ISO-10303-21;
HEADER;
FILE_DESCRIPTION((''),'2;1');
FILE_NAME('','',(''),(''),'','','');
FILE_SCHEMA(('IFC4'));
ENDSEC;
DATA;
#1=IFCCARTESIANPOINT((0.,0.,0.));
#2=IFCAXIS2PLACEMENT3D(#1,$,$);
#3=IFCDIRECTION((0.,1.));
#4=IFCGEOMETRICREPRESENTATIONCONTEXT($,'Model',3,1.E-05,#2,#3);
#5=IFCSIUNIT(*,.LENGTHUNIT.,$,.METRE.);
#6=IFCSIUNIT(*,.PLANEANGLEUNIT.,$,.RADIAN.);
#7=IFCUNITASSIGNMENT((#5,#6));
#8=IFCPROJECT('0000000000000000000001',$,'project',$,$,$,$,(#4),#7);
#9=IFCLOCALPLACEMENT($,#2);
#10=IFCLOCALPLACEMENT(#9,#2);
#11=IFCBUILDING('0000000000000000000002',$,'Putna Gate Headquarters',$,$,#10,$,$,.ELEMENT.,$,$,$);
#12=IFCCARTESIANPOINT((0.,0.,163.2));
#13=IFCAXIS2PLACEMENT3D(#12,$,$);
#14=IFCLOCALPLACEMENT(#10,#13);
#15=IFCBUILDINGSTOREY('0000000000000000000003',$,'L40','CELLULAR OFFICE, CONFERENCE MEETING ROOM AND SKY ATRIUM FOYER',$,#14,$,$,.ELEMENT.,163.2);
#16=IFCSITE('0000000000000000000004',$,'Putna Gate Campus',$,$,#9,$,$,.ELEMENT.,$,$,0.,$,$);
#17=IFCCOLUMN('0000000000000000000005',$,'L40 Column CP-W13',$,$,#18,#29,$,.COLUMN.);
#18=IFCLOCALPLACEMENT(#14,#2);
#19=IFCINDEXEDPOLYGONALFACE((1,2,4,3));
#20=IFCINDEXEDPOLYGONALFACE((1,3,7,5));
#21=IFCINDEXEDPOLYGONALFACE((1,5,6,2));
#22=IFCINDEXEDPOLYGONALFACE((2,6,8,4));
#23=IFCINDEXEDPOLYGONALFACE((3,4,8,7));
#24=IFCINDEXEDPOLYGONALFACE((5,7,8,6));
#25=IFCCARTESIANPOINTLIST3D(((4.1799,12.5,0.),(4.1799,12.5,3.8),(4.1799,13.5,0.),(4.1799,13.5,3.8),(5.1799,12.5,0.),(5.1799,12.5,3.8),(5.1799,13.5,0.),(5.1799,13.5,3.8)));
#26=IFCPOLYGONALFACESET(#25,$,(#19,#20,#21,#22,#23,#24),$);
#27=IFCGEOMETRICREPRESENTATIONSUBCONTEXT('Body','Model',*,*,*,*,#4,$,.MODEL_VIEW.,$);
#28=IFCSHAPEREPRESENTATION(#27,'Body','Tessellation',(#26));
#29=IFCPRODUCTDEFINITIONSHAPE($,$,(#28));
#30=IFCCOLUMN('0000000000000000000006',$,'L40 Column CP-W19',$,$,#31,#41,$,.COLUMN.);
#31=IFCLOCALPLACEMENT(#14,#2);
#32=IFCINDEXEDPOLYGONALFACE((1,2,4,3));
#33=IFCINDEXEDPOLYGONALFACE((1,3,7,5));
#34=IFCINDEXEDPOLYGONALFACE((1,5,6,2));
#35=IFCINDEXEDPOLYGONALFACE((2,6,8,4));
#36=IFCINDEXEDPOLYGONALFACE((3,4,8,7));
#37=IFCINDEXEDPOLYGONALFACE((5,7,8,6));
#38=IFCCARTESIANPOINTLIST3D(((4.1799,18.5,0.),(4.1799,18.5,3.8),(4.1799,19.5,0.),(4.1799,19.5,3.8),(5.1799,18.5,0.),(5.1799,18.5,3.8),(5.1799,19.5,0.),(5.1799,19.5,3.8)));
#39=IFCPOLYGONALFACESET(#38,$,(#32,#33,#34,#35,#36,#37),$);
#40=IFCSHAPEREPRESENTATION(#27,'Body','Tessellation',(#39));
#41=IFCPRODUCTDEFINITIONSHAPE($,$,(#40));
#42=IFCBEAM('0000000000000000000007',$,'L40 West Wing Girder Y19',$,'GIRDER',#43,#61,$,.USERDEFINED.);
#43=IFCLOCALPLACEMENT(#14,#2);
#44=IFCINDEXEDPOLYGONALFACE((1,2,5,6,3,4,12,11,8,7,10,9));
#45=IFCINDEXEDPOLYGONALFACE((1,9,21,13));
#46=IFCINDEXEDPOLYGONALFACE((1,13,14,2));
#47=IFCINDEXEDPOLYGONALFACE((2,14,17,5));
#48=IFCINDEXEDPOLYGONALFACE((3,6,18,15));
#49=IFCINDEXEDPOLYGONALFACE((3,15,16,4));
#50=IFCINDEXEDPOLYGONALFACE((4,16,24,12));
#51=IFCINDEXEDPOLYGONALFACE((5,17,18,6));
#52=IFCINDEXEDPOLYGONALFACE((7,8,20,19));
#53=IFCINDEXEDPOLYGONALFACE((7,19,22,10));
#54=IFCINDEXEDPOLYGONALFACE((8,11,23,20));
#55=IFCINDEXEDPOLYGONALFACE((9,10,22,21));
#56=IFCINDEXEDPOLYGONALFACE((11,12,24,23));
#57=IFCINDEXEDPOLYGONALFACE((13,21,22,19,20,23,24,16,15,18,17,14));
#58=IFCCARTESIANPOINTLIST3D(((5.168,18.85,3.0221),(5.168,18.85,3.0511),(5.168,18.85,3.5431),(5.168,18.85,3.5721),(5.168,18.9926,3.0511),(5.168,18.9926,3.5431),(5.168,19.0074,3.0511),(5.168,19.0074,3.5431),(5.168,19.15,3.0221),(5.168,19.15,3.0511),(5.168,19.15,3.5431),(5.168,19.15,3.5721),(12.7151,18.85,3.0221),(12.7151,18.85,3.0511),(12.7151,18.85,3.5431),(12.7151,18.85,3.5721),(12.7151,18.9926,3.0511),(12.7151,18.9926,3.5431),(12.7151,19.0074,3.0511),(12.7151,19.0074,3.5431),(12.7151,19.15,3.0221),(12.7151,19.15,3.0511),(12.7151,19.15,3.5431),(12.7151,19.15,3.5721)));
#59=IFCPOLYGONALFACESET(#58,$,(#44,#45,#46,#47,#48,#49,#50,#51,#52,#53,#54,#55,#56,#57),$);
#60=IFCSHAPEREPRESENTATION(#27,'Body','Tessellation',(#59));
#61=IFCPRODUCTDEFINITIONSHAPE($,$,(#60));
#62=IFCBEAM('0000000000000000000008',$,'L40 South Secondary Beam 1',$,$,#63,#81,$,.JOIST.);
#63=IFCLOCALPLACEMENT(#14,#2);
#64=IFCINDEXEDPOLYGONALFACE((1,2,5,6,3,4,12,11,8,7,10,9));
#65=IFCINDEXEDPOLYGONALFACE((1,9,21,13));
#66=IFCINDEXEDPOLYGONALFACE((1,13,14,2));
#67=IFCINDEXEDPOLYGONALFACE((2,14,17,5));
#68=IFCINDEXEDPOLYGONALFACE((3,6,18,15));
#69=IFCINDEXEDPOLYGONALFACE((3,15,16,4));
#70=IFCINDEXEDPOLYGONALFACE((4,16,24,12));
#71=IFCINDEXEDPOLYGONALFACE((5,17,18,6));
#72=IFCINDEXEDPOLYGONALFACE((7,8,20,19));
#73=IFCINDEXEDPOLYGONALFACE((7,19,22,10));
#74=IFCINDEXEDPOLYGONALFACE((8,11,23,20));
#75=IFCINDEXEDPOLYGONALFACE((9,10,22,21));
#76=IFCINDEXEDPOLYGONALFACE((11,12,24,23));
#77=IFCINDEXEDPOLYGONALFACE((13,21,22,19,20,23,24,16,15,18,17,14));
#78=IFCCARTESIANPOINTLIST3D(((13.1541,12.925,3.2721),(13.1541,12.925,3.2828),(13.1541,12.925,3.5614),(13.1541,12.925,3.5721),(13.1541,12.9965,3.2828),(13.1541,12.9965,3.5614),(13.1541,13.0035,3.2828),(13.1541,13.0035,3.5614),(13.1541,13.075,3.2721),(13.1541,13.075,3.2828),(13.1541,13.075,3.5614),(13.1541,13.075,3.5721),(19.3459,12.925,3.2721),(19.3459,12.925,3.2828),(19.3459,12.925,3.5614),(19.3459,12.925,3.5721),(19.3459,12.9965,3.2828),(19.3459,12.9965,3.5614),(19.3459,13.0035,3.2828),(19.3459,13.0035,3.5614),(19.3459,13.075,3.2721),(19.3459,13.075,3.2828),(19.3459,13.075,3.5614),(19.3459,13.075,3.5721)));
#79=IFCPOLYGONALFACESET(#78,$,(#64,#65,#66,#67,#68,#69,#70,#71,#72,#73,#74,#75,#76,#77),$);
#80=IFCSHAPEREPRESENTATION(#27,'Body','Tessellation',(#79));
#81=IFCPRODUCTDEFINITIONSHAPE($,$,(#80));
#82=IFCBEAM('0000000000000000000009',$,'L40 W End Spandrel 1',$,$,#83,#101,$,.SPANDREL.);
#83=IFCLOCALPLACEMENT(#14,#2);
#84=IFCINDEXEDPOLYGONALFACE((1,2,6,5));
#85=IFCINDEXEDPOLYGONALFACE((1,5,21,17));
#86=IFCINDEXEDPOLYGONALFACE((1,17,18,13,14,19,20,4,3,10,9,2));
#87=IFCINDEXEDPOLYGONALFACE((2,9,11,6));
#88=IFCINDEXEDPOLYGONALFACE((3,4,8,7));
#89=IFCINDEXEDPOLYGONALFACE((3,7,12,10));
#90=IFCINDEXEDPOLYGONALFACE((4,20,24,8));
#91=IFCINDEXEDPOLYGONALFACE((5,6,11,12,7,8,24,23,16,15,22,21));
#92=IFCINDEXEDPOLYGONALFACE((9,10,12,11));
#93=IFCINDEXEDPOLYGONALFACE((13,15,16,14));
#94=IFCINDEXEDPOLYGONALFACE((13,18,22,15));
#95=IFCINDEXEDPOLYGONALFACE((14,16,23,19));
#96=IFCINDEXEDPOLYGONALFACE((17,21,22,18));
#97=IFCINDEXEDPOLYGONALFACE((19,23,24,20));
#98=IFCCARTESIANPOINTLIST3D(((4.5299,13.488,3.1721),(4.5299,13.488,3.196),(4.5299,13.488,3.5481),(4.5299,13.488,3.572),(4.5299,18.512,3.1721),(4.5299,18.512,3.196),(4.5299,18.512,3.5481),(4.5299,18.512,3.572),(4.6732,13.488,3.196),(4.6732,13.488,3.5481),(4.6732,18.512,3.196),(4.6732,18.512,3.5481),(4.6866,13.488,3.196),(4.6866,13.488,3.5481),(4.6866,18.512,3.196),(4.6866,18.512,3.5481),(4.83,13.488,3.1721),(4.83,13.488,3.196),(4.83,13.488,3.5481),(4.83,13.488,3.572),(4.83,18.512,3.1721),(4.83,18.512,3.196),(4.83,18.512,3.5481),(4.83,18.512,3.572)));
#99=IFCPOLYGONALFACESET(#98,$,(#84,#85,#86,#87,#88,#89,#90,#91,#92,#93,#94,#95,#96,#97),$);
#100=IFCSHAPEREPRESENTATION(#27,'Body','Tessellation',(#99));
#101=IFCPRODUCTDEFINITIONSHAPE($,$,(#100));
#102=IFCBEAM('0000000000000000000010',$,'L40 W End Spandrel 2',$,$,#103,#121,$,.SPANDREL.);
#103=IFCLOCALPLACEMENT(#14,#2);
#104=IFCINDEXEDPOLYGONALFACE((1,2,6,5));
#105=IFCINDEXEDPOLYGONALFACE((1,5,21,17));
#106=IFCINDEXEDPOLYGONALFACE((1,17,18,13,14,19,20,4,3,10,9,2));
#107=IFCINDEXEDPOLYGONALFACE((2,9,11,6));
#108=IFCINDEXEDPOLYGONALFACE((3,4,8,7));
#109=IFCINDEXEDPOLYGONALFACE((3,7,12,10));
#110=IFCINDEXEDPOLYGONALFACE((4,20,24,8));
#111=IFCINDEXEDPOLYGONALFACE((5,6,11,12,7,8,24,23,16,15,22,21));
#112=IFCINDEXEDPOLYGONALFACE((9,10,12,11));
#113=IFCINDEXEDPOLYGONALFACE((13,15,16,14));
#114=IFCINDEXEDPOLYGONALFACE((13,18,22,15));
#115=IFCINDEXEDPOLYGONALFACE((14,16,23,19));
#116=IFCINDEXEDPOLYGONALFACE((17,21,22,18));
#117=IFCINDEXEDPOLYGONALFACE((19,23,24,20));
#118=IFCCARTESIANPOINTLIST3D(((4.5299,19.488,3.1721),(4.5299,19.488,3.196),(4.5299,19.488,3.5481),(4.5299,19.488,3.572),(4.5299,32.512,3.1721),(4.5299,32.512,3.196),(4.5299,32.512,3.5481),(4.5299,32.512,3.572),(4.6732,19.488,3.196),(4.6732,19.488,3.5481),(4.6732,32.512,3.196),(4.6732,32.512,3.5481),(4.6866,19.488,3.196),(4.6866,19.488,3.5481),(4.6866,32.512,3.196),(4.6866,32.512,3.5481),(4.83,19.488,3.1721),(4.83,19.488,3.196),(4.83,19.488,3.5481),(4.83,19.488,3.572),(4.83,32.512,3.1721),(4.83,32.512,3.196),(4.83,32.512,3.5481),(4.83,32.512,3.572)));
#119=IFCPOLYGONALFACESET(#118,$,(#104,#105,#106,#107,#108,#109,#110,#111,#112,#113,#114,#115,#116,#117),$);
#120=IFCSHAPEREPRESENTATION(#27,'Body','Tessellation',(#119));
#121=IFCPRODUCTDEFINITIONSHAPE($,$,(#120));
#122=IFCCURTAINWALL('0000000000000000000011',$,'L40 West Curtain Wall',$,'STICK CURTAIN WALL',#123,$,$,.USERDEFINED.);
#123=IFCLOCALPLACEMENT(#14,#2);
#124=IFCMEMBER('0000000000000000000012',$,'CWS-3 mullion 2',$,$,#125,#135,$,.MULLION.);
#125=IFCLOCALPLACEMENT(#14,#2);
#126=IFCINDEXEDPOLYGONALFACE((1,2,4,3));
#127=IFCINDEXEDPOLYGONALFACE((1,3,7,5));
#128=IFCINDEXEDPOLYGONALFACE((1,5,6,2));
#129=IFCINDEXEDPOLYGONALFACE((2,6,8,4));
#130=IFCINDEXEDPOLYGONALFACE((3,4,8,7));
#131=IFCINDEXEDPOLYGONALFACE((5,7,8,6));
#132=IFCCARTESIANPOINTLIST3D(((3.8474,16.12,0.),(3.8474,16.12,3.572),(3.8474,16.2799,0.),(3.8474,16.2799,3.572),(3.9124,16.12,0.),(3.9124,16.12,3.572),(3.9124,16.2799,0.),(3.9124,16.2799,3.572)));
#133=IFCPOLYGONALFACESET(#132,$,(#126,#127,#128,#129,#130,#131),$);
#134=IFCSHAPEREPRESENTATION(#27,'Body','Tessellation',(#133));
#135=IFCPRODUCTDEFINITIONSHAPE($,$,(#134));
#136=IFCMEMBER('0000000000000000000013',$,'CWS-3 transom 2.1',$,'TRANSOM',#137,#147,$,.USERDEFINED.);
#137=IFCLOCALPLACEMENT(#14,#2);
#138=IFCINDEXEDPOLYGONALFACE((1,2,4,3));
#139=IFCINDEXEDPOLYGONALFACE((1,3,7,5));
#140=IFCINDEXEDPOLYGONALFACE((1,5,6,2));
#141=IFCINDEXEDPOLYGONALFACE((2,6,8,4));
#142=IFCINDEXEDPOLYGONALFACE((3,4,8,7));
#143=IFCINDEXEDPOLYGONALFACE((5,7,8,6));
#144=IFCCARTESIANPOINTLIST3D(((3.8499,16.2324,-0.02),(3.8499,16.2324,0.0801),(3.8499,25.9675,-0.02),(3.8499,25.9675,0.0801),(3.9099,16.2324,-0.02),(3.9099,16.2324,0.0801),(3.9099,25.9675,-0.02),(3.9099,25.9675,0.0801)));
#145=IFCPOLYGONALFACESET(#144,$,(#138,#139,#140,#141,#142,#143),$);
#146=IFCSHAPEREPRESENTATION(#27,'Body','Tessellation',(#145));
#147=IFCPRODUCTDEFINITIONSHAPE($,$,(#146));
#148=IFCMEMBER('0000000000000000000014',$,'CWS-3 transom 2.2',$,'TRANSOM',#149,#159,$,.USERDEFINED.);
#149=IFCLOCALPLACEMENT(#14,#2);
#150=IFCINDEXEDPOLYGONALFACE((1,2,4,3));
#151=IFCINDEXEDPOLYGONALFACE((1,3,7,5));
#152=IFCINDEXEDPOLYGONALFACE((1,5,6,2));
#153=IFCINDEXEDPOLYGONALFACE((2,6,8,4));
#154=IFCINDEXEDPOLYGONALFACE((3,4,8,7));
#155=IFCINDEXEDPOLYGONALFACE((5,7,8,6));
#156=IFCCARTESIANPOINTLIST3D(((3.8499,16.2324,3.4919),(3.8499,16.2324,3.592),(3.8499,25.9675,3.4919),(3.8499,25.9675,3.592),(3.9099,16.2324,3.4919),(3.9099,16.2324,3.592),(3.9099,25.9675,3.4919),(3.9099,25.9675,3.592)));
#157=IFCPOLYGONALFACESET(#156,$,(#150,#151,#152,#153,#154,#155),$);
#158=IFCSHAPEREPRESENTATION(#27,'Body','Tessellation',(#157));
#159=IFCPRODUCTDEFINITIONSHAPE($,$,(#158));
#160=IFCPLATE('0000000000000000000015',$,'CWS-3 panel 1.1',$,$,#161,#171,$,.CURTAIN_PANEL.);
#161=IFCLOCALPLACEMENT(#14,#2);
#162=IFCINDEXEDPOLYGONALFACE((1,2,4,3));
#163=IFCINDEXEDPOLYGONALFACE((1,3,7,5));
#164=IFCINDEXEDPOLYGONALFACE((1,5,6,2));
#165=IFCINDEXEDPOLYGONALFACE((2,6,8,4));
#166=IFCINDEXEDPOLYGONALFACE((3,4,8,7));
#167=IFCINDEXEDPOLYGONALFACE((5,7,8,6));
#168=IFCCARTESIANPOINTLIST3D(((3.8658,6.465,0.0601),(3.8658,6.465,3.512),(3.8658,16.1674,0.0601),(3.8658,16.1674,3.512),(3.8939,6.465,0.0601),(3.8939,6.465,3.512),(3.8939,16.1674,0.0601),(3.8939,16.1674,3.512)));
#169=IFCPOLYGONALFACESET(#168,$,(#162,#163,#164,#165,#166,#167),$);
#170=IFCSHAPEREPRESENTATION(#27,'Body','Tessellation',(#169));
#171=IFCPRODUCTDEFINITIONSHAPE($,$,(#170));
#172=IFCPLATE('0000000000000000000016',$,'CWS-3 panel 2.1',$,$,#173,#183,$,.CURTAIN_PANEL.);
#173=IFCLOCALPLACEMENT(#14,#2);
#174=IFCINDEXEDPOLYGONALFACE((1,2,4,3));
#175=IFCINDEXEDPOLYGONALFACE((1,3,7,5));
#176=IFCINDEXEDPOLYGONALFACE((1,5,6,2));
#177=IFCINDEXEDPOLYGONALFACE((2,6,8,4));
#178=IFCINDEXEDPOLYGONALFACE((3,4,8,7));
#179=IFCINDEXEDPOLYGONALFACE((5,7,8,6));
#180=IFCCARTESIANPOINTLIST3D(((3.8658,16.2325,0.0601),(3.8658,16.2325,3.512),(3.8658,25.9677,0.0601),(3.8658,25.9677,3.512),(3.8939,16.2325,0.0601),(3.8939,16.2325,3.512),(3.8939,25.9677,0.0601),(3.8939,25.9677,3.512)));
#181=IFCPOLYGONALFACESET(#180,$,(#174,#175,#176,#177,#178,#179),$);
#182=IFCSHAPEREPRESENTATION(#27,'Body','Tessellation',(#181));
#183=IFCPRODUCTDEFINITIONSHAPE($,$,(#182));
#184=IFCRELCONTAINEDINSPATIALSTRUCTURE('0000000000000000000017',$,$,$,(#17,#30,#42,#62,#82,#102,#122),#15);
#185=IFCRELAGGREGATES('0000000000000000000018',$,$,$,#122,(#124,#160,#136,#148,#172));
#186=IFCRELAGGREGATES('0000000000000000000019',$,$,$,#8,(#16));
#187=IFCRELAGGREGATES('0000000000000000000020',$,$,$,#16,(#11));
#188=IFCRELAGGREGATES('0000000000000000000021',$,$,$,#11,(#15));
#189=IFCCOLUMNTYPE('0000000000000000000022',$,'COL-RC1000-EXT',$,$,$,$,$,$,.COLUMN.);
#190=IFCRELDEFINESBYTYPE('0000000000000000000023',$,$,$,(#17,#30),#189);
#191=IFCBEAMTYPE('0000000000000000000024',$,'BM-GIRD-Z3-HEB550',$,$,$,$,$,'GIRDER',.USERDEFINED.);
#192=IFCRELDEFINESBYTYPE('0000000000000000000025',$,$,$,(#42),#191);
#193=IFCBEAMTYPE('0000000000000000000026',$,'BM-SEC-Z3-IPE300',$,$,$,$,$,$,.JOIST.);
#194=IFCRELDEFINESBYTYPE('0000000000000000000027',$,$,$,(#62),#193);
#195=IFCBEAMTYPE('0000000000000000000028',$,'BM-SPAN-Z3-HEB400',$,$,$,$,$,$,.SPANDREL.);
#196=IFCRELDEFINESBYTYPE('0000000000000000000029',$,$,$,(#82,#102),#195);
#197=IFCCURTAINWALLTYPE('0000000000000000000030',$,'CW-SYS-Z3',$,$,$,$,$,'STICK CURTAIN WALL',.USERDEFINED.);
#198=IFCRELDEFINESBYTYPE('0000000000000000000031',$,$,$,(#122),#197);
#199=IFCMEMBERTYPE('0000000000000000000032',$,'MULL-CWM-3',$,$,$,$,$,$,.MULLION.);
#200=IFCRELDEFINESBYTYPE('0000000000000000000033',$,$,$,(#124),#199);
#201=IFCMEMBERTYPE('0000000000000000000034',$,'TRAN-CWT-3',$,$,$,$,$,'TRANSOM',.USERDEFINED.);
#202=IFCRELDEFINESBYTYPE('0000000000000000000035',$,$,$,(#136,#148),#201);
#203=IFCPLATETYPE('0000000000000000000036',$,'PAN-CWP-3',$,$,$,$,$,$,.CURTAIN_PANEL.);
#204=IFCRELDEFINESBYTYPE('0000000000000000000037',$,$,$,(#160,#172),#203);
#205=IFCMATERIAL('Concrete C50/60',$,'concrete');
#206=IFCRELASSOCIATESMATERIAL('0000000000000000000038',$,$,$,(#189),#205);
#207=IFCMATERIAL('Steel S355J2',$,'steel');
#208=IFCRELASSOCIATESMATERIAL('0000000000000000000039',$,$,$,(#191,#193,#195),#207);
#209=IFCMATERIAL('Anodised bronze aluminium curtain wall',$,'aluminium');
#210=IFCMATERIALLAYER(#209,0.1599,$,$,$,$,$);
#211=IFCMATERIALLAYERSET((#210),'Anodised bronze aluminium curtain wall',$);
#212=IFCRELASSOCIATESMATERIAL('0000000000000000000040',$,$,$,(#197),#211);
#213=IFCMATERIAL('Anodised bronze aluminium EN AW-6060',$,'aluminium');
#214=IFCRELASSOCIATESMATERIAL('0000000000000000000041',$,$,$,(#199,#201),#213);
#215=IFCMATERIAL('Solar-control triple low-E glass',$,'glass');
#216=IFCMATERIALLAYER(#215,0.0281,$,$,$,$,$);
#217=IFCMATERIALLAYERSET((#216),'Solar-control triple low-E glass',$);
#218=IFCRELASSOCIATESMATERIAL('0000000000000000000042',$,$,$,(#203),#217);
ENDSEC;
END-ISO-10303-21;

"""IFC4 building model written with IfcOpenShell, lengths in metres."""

from ifc_helpers import new_model, si_unit, direction, frame, origin, origin_2d, place, context, subcontext, project, spatial, rectangle, i_section, extrude, material, layer, layer_set, material_profile, profile_set, type_object, element, aggregate, save


model = new_model("IFC4")

# Units and contexts
model_context = context("Model", 3, precision=1e-05, world=origin(), true_north=direction((0.0, 1.0)))
body_context = subcontext(model_context, "Body", "Model", "MODEL_VIEW")
ifc_project = project(units=[si_unit("LENGTHUNIT", "METRE"), si_unit("PLANEANGLEUNIT", "RADIAN")], contexts=[model_context])

# Site, building, storey
site_placement = place(None, origin())
site = spatial("IfcSite", under=ifc_project, at=site_placement, Name="Putna Gate Campus", CompositionType="ELEMENT", RefElevation=0.0)
building_placement = place(site_placement, origin())
building = spatial("IfcBuilding", under=site, at=building_placement, Name="Putna Gate Headquarters", CompositionType="ELEMENT")
storey_placement = place(building_placement, frame((0.0, 0.0, 163.2)))
storey = spatial("IfcBuildingStorey", under=building, at=storey_placement, Name="L40", Description="CELLULAR OFFICE, CONFERENCE MEETING ROOM AND SKY ATRIUM FOYER", CompositionType="ELEMENT", Elevation=163.2)

# Columns
ifc_material_1 = material(Name="Concrete C50/60", Category="concrete")
ifc_material_profile_1 = material_profile(ifc_material_1, rectangle(XDim=1.0, YDim=1.0, at=origin_2d()), Name="Concrete C50/60")
ifc_profile_set_1 = profile_set([ifc_material_profile_1], Name="Concrete C50/60")
column_type = type_object("IfcColumnType", Name="COL-RC1000-EXT", PredefinedType="COLUMN", material=ifc_profile_set_1)
for number, where, z_axis, x_axis, name in (
    (1, (4.6799, 13.0, 0.0), (0.0, 0.0, 1.0), (1.0, 0.0, 0.0), "L40 Column CP-W13"),
    (2, (4.6799, 19.0, 0.0), (0.0, 0.0, 1.0), (1.0, 0.0, 0.0), "L40 Column CP-W19"),
):
    element("IfcColumn", number, at=place(storey_placement, frame(where, z_axis=z_axis, x_axis=x_axis)), inside=storey, type_object=column_type, Name=name, PredefinedType="COLUMN", context=body_context, shape_type="SweptSolid", body=[
        extrude(rectangle(XDim=1.0, YDim=1.0, at=origin_2d()), origin(), (0.0, 0.0, 1.0), 3.8),
    ])

# Beams
ifc_material_2 = material(Name="Steel S355J2", Category="steel")
ifc_material_profile_2 = material_profile(ifc_material_2, i_section(OverallWidth=0.3, OverallDepth=0.55, WebThickness=0.0149, FlangeThickness=0.0291, at=origin_2d()), Name="Steel S355J2")
ifc_profile_set_2 = profile_set([ifc_material_profile_2], Name="Steel S355J2")
beam_type_1 = type_object("IfcBeamType", Name="BM-GIRD-Z3-HEB550", ElementType="GIRDER", PredefinedType="USERDEFINED", material=ifc_profile_set_2)
beam_1_placement = place(storey_placement, frame((5.168, 19.0, 3.2971), z_axis=(1.0, 0.0, 0.0), x_axis=(0.0, 1.0, 0.0)))
element("IfcBeam", 3, at=beam_1_placement, inside=storey, type_object=beam_type_1, Name="L40 West Wing Girder Y19", ObjectType="GIRDER", PredefinedType="USERDEFINED", context=body_context, shape_type="SweptSolid", body=[
    extrude(i_section(OverallWidth=0.3, OverallDepth=0.55, WebThickness=0.0149, FlangeThickness=0.0291, at=origin_2d()), origin(), (0.0, 0.0, 1.0), 7.5471),
])
ifc_material_profile_3 = material_profile(ifc_material_2, i_section(OverallWidth=0.1499, OverallDepth=0.3, WebThickness=0.0071, FlangeThickness=0.0107, at=origin_2d()), Name="Steel S355J2")
ifc_profile_set_3 = profile_set([ifc_material_profile_3], Name="Steel S355J2")
beam_type_2 = type_object("IfcBeamType", Name="BM-SEC-Z3-IPE300", PredefinedType="JOIST", material=ifc_profile_set_3)
beam_2_placement = place(storey_placement, frame((13.1541, 13.0, 3.4221), z_axis=(1.0, 0.0, 0.0), x_axis=(0.0, 1.0, 0.0)))
element("IfcBeam", 4, at=beam_2_placement, inside=storey, type_object=beam_type_2, Name="L40 South Secondary Beam 1", PredefinedType="JOIST", context=body_context, shape_type="SweptSolid", body=[
    extrude(i_section(OverallWidth=0.1499, OverallDepth=0.3, WebThickness=0.0071, FlangeThickness=0.0107, at=origin_2d()), origin(), (0.0, 0.0, 1.0), 6.1919),
])
ifc_material_profile_4 = material_profile(ifc_material_2, i_section(OverallWidth=0.3, OverallDepth=0.3999, WebThickness=0.0134, FlangeThickness=0.0239, at=origin_2d()), Name="Steel S355J2")
ifc_profile_set_4 = profile_set([ifc_material_profile_4], Name="Steel S355J2")
beam_type_3 = type_object("IfcBeamType", Name="BM-SPAN-Z3-HEB400", PredefinedType="SPANDREL", material=ifc_profile_set_4)
beam_3_placement = place(storey_placement, frame((4.6799, 13.488, 3.3721), z_axis=(0.0, 1.0, 0.0), x_axis=(-1.0, 0.0, 0.0)))
element("IfcBeam", 5, at=beam_3_placement, inside=storey, type_object=beam_type_3, Name="L40 W End Spandrel 1", PredefinedType="SPANDREL", context=body_context, shape_type="SweptSolid", body=[
    extrude(i_section(OverallWidth=0.3, OverallDepth=0.3999, WebThickness=0.0134, FlangeThickness=0.0239, at=origin_2d()), origin(), (0.0, 0.0, 1.0), 5.0239),
])
beam_4_placement = place(storey_placement, frame((4.6799, 19.488, 3.3721), z_axis=(0.0, 1.0, 0.0), x_axis=(-1.0, 0.0, 0.0)))
element("IfcBeam", 6, at=beam_4_placement, inside=storey, type_object=beam_type_3, Name="L40 W End Spandrel 2", PredefinedType="SPANDREL", context=body_context, shape_type="SweptSolid", body=[
    extrude(i_section(OverallWidth=0.3, OverallDepth=0.3999, WebThickness=0.0134, FlangeThickness=0.0239, at=origin_2d()), origin(), (0.0, 0.0, 1.0), 13.0239),
])

# Curtain wall, members, plates
ifc_material_3 = material(Name="Anodised bronze aluminium curtain wall", Category="aluminium")
ifc_layer_1 = layer(ifc_material_3, 0.1599)
ifc_layer_set_1 = layer_set([ifc_layer_1], Name="Anodised bronze aluminium curtain wall")
curtain_wall_type = type_object("IfcCurtainWallType", Name="CW-SYS-Z3", ElementType="STICK CURTAIN WALL", PredefinedType="USERDEFINED", material=ifc_layer_set_1)
curtain_wall_placement = place(storey_placement, origin())
curtain_wall = element("IfcCurtainWall", 7, at=curtain_wall_placement, inside=storey, type_object=curtain_wall_type, Name="L40 West Curtain Wall", ObjectType="STICK CURTAIN WALL", PredefinedType="USERDEFINED")
ifc_material_4 = material(Name="Anodised bronze aluminium EN AW-6060", Category="aluminium")
ifc_material_profile_5 = material_profile(ifc_material_4, rectangle(XDim=0.0649, YDim=0.1599, at=origin_2d()), Name="Anodised bronze aluminium EN AW-6060")
ifc_profile_set_5 = profile_set([ifc_material_profile_5], Name="Anodised bronze aluminium EN AW-6060")
member_type_1 = type_object("IfcMemberType", Name="MULL-CWM-3", PredefinedType="MULLION", material=ifc_profile_set_5)
member_1_placement = place(storey_placement, frame((3.8799, 16.2, 0.0), z_axis=(0.0, 0.0, 1.0), x_axis=(-1.0, 0.0, 0.0)))
member_1 = element("IfcMember", 8, at=member_1_placement, type_object=member_type_1, Name="CWS-3 mullion 2", PredefinedType="MULLION", context=body_context, shape_type="SweptSolid", body=[
    extrude(rectangle(XDim=0.0649, YDim=0.1599, at=origin_2d()), origin(), (0.0, 0.0, 1.0), 3.572),
])
ifc_material_profile_6 = material_profile(ifc_material_4, rectangle(XDim=0.0601, YDim=0.1001, at=origin_2d()), Name="Anodised bronze aluminium EN AW-6060")
ifc_profile_set_6 = profile_set([ifc_material_profile_6], Name="Anodised bronze aluminium EN AW-6060")
member_type_2 = type_object("IfcMemberType", Name="TRAN-CWT-3", ElementType="TRANSOM", PredefinedType="USERDEFINED", material=ifc_profile_set_6)
member_2_placement = place(storey_placement, frame((3.8799, 16.2324, 0.03), z_axis=(0.0, 1.0, 0.0), x_axis=(-1.0, 0.0, 0.0)))
member_2 = element("IfcMember", 9, at=member_2_placement, type_object=member_type_2, Name="CWS-3 transom 2.1", ObjectType="TRANSOM", PredefinedType="USERDEFINED", context=body_context, shape_type="SweptSolid", body=[
    extrude(rectangle(XDim=0.0601, YDim=0.1001, at=origin_2d()), origin(), (0.0, 0.0, 1.0), 9.7351),
])
member_3_placement = place(storey_placement, frame((3.8799, 16.2324, 3.542), z_axis=(0.0, 1.0, 0.0), x_axis=(-1.0, 0.0, 0.0)))
member_3 = element("IfcMember", 10, at=member_3_placement, type_object=member_type_2, Name="CWS-3 transom 2.2", ObjectType="TRANSOM", PredefinedType="USERDEFINED", context=body_context, shape_type="SweptSolid", body=[
    extrude(rectangle(XDim=0.0601, YDim=0.1001, at=origin_2d()), origin(), (0.0, 0.0, 1.0), 9.7351),
])
ifc_material_5 = material(Name="Solar-control triple low-E glass", Category="glass")
ifc_layer_2 = layer(ifc_material_5, 0.0281)
ifc_layer_set_2 = layer_set([ifc_layer_2], Name="Solar-control triple low-E glass")
plate_type = type_object("IfcPlateType", Name="PAN-CWP-3", PredefinedType="CURTAIN_PANEL", material=ifc_layer_set_2)
plate_1_placement = place(storey_placement, frame((3.8799, 11.3162, 0.0601), z_axis=(0.0, 0.0, 1.0), x_axis=(0.0, 1.0, 0.0)))
plate_1 = element("IfcPlate", 11, at=plate_1_placement, type_object=plate_type, Name="CWS-3 panel 1.1", PredefinedType="CURTAIN_PANEL", context=body_context, shape_type="SweptSolid", body=[
    extrude(rectangle(XDim=9.7024, YDim=0.0281, at=origin_2d()), origin(), (0.0, 0.0, 1.0), 3.4519),
])
plate_2_placement = place(storey_placement, frame((3.8799, 21.1001, 0.0601), z_axis=(0.0, 0.0, 1.0), x_axis=(0.0, 1.0, 0.0)))
plate_2 = element("IfcPlate", 12, at=plate_2_placement, type_object=plate_type, Name="CWS-3 panel 2.1", PredefinedType="CURTAIN_PANEL", context=body_context, shape_type="SweptSolid", body=[
    extrude(rectangle(XDim=9.7351, YDim=0.0281, at=origin_2d()), origin(), (0.0, 0.0, 1.0), 3.4519),
])
aggregate(curtain_wall, [member_1, plate_1, member_2, member_3, plate_2])

save(model, "model.ifc")
